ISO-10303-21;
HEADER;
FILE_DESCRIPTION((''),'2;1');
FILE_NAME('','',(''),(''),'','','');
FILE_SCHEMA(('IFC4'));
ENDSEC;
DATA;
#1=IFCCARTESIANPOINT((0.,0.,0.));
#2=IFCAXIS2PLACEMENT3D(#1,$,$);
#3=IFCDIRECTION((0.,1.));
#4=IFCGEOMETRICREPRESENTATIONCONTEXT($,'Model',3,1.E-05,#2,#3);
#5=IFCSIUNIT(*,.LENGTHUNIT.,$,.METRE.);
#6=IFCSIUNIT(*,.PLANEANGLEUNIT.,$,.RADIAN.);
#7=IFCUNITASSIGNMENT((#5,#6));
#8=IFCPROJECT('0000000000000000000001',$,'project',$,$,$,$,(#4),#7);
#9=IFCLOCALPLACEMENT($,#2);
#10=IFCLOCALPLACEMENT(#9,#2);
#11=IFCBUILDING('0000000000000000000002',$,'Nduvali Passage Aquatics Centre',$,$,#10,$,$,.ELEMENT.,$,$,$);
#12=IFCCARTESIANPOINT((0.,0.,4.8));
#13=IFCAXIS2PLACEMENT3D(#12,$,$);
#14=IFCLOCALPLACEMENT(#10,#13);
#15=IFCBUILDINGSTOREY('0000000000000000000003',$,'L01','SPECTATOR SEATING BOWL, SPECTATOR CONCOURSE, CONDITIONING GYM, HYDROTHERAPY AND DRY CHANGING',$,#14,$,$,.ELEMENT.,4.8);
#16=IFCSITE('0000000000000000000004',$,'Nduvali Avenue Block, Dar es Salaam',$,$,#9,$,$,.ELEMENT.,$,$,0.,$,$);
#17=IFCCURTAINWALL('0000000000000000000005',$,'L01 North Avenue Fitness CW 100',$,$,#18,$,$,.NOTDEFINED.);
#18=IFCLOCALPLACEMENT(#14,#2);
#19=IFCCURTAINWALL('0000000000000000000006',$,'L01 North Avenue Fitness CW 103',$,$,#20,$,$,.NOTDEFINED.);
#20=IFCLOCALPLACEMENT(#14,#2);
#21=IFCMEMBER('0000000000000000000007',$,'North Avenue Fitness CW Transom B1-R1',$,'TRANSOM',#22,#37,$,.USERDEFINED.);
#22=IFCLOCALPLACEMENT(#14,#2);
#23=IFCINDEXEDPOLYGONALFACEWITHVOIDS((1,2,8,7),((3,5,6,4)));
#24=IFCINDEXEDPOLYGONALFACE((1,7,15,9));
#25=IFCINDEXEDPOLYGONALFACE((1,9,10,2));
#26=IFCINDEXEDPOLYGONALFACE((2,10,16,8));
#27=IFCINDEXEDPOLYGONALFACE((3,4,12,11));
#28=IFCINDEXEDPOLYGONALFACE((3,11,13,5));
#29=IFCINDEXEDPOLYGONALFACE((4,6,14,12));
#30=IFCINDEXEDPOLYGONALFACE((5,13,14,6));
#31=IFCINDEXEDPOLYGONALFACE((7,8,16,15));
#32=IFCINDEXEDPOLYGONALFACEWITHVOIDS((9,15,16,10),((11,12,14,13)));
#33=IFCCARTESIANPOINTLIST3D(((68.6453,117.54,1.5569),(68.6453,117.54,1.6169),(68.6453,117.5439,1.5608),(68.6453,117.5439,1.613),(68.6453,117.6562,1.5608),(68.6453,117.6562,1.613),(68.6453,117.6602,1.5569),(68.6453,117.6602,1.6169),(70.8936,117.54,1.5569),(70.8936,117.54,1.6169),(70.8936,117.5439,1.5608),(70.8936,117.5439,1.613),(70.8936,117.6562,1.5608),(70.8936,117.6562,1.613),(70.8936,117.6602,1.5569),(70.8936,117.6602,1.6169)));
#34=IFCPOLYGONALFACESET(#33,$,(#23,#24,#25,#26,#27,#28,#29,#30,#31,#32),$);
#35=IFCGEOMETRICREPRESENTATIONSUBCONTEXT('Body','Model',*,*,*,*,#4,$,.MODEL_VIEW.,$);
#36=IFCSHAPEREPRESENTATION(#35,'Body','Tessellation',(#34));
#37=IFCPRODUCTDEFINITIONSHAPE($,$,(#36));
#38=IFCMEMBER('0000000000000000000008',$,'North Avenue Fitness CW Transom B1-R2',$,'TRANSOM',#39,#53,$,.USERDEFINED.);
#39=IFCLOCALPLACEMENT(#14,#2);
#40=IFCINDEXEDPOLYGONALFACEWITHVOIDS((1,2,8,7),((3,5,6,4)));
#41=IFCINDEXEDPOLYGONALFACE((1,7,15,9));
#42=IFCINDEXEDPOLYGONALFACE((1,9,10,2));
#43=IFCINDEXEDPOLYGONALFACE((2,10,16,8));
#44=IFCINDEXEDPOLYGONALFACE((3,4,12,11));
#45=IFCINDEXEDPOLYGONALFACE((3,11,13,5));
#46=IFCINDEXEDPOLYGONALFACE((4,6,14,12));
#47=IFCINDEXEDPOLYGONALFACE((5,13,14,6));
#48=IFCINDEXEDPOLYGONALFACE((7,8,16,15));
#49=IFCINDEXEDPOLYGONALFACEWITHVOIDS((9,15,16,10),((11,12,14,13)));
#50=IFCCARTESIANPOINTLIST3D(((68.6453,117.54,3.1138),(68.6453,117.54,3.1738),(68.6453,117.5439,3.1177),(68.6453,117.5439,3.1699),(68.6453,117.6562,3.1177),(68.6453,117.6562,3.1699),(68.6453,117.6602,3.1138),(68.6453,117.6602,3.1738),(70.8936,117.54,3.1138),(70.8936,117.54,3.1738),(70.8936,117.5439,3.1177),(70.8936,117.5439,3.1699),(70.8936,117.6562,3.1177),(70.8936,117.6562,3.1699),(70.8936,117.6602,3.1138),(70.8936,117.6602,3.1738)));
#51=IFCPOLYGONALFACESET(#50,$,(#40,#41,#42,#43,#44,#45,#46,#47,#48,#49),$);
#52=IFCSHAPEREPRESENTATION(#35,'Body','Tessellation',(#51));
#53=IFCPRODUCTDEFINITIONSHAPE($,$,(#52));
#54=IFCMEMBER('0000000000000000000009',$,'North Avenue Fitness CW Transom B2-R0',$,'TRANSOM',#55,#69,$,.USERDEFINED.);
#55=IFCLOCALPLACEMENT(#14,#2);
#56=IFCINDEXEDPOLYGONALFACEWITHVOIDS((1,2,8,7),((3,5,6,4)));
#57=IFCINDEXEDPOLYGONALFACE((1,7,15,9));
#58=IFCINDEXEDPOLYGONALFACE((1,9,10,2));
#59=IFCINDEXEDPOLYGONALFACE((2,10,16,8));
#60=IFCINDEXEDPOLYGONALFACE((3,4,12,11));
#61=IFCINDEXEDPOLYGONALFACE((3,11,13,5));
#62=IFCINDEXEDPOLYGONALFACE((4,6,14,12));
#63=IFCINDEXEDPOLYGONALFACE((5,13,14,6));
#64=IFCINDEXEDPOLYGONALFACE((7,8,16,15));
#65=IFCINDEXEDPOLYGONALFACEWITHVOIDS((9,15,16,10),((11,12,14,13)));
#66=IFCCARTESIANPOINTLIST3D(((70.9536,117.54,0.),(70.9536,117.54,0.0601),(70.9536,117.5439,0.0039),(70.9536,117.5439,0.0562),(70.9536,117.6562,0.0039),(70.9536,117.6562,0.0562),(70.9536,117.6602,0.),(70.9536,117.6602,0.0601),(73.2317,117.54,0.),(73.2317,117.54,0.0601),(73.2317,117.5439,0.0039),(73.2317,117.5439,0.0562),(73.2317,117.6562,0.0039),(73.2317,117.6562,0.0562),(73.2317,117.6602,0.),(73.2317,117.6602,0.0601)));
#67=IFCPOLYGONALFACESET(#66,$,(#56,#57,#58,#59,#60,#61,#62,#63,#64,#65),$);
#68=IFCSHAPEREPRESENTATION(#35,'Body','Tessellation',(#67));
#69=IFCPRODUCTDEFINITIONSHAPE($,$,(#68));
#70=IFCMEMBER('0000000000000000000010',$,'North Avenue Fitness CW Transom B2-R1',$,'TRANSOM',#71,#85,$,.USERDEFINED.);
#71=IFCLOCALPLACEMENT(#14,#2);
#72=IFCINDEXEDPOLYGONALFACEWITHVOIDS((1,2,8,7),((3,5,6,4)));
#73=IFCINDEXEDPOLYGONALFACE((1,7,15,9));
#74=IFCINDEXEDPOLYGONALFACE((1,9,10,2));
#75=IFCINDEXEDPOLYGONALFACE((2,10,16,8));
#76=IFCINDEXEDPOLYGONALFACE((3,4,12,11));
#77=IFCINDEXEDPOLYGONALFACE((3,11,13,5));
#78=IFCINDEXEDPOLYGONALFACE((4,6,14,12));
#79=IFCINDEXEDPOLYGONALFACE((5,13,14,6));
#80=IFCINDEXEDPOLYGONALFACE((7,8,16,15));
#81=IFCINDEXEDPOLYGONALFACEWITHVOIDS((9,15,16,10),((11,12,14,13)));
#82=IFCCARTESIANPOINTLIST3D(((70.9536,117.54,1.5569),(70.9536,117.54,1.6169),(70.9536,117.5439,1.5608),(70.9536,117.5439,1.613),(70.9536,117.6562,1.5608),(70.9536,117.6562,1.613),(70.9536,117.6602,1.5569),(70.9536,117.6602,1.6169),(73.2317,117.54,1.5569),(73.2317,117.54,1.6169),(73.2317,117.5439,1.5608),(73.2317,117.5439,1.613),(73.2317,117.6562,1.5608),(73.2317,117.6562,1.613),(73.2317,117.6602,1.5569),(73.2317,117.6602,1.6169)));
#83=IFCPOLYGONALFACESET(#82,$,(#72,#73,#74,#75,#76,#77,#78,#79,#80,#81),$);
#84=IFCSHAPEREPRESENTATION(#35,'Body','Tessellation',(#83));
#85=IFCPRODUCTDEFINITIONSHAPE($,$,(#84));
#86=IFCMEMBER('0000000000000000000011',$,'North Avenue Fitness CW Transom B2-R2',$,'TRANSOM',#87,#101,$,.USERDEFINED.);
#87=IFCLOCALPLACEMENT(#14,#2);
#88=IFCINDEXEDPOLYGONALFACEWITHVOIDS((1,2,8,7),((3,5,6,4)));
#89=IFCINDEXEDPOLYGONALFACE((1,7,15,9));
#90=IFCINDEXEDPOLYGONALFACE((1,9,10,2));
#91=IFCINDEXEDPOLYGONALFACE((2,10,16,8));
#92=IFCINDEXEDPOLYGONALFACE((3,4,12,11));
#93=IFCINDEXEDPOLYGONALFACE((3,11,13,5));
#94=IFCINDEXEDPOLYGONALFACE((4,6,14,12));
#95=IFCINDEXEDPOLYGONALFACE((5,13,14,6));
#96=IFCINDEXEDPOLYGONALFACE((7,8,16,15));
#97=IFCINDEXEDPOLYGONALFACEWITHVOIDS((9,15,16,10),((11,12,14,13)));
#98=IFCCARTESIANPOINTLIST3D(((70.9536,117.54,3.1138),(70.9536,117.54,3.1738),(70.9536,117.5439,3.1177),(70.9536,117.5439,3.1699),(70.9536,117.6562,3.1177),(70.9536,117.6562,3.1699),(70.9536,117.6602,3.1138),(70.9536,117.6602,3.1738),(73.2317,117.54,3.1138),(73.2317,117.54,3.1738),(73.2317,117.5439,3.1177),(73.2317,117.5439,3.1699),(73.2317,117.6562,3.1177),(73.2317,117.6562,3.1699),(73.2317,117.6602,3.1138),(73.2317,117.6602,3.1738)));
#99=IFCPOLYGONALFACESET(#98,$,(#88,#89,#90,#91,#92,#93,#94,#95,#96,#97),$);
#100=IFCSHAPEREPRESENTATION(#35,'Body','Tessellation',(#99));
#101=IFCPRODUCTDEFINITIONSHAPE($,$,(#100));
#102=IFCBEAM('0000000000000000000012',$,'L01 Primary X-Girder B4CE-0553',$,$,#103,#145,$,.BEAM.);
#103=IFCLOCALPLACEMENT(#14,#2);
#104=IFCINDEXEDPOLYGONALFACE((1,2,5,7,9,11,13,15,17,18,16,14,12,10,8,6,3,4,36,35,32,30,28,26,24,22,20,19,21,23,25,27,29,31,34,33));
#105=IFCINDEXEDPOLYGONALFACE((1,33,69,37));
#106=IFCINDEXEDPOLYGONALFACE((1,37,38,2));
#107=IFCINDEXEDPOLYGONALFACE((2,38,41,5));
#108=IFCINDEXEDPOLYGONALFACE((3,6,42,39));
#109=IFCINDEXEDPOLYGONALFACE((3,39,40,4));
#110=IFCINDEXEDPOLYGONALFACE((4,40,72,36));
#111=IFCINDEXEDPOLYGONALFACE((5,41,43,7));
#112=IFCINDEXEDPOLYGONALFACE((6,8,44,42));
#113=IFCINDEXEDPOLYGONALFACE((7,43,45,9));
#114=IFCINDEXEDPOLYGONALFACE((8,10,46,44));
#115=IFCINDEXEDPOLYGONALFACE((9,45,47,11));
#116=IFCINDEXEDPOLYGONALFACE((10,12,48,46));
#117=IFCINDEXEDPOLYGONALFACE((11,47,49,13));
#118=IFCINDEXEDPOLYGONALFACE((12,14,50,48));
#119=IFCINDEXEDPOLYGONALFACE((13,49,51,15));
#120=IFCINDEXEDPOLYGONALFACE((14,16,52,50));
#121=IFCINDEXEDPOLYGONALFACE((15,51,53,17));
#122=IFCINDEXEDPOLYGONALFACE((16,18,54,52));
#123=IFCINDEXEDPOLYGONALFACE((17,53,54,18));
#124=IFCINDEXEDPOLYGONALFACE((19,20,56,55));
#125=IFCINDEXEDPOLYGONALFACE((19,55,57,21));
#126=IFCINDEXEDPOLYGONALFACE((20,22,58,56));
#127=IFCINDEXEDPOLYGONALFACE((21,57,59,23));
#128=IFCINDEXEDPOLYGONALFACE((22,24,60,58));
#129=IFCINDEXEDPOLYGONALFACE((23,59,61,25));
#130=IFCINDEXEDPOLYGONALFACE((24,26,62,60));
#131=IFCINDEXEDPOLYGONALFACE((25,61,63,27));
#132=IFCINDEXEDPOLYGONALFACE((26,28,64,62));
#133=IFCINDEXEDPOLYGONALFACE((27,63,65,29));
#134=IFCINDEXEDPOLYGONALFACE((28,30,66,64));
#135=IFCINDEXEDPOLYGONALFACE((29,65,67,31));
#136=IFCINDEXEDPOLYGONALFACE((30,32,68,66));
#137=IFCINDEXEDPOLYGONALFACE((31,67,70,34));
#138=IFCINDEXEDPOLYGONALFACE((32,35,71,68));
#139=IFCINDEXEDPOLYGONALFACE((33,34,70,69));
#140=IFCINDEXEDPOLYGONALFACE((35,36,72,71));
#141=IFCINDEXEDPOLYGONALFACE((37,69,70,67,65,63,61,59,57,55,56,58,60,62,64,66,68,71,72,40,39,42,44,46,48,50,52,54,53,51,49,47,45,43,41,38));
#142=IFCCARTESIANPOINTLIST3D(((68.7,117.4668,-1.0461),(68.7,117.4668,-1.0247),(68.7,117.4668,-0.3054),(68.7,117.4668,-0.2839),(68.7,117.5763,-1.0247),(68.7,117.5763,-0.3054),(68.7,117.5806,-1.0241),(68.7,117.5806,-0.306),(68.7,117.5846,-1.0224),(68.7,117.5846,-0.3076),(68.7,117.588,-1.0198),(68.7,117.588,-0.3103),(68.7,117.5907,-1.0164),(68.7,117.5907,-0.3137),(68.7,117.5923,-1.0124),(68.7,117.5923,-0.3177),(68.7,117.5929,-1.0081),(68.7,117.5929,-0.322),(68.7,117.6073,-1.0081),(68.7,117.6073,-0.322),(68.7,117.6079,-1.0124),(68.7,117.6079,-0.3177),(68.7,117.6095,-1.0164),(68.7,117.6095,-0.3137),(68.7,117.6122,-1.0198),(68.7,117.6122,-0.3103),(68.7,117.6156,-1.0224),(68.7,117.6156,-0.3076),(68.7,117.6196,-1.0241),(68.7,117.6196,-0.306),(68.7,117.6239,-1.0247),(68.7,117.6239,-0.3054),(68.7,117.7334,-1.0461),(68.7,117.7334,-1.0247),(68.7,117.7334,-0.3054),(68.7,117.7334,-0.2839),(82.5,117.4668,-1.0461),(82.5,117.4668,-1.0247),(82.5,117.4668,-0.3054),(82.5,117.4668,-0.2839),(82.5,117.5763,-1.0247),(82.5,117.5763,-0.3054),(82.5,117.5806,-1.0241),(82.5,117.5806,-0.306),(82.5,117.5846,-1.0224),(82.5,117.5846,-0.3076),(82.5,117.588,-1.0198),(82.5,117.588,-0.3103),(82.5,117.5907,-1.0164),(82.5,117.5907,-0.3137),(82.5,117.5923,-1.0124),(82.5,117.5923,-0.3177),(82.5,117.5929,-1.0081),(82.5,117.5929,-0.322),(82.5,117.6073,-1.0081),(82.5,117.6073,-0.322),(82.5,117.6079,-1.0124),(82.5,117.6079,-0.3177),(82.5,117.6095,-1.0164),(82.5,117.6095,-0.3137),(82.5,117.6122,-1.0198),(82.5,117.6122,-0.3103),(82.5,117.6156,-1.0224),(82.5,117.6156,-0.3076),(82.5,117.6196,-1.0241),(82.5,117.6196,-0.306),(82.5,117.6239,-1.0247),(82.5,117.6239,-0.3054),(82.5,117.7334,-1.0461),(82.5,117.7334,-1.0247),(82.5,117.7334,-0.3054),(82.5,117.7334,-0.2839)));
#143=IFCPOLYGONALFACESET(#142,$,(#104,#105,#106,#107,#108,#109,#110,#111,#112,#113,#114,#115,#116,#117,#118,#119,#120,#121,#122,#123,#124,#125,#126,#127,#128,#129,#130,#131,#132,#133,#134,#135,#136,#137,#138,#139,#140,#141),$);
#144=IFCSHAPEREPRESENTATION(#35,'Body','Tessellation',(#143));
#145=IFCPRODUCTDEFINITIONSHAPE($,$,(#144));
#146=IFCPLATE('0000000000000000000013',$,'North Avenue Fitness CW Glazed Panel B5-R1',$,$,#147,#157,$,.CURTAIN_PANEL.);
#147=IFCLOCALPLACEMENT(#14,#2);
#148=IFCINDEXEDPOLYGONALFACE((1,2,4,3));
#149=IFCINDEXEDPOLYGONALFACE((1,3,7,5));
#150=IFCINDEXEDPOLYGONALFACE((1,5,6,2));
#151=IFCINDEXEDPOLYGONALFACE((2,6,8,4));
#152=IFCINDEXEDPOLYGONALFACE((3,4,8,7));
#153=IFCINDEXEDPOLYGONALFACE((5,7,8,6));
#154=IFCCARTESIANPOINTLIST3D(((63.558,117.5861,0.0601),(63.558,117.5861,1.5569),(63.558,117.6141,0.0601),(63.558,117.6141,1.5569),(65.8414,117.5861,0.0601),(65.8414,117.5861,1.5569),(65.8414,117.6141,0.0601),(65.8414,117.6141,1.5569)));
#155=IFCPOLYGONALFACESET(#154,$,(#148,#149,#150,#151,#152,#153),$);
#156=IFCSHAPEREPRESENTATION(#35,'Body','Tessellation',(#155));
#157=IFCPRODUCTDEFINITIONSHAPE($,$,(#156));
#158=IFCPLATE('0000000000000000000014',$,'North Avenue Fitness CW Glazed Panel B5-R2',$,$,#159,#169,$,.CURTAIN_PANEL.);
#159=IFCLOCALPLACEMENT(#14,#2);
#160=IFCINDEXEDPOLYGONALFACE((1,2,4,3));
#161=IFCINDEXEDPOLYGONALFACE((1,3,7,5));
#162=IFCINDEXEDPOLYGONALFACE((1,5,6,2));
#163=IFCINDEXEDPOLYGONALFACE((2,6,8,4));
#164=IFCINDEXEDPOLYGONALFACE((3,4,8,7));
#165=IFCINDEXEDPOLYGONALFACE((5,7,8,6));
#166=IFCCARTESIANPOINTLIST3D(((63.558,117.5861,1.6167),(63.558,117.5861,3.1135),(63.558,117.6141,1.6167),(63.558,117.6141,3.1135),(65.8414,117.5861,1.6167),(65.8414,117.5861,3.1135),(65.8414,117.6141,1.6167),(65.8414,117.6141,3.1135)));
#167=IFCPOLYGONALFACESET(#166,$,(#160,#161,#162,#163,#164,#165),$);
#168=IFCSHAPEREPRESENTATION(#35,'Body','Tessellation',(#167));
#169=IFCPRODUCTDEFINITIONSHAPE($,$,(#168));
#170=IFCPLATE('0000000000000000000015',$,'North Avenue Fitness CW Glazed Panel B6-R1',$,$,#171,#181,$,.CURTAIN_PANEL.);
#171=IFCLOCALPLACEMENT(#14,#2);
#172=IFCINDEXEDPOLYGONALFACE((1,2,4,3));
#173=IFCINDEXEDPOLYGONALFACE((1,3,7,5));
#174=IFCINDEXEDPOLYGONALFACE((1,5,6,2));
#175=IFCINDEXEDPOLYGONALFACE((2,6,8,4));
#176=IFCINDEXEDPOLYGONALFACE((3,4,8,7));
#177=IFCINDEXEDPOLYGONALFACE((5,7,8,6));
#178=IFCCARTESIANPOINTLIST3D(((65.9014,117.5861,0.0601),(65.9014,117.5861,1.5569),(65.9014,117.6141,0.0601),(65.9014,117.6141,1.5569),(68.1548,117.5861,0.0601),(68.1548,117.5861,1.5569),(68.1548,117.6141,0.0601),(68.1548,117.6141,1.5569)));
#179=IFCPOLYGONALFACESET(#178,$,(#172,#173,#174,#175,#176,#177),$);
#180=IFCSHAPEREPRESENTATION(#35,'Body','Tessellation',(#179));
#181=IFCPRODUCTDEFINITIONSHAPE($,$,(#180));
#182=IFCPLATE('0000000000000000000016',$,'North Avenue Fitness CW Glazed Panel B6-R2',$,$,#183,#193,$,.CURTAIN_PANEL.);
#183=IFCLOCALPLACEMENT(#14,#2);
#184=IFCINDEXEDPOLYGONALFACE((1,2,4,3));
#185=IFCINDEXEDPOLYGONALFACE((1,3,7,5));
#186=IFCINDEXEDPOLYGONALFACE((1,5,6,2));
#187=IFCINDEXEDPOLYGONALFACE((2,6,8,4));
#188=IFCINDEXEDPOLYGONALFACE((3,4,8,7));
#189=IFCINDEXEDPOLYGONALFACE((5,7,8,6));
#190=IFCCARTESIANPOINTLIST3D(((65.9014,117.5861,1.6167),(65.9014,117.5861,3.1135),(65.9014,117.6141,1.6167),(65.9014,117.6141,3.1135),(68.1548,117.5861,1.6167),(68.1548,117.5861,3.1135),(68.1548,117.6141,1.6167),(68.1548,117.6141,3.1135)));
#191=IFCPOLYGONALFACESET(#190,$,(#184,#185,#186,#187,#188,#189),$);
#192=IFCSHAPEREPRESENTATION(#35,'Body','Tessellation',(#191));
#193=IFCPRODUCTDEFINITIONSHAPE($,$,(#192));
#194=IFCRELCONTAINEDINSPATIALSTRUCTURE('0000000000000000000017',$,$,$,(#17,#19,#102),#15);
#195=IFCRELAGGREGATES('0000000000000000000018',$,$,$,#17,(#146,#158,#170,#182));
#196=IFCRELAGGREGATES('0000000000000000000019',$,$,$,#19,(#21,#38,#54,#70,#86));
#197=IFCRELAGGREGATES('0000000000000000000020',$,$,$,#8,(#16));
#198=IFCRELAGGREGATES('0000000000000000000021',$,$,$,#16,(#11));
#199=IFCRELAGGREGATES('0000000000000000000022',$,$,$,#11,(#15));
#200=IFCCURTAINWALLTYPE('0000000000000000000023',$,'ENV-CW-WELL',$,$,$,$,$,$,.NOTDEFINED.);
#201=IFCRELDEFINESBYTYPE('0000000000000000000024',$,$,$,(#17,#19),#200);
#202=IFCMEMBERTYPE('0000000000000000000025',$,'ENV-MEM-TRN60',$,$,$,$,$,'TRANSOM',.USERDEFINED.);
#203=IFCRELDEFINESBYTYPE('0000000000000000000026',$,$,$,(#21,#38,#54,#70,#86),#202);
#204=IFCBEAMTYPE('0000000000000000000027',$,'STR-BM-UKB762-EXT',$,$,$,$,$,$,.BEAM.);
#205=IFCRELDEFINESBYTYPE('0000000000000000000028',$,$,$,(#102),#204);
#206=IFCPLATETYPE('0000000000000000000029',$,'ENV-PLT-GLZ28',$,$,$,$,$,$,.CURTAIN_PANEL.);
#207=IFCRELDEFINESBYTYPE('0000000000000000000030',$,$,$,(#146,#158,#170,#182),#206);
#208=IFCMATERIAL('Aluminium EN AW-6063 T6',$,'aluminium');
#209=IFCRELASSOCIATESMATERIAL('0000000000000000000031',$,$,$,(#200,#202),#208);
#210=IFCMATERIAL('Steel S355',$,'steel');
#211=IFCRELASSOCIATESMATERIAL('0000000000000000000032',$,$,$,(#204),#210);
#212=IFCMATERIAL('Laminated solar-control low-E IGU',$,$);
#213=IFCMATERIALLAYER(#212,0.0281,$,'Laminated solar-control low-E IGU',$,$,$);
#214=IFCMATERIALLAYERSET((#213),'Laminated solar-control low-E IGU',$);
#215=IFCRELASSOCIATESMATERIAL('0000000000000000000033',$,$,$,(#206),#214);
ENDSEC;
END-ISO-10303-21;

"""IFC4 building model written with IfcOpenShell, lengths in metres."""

from ifc_helpers import new_model, si_unit, direction, frame, origin, origin_2d, place, context, subcontext, project, spatial, rectangle, hollow_rectangle, i_section, extrude, material, layer, layer_set, material_profile, profile_set, type_object, element, aggregate, save


model = new_model("IFC4")

# Units and contexts
model_context = context("Model", 3, precision=1e-05, world=origin(), true_north=direction((0.0, 1.0)))
body_context = subcontext(model_context, "Body", "Model", "MODEL_VIEW")
ifc_project = project(units=[si_unit("LENGTHUNIT", "METRE"), si_unit("PLANEANGLEUNIT", "RADIAN")], contexts=[model_context])

# Site, building, storey
site_placement = place(None, origin())
site = spatial("IfcSite", under=ifc_project, at=site_placement, Name="Nduvali Avenue Block, Dar es Salaam", CompositionType="ELEMENT", RefElevation=0.0)
building_placement = place(site_placement, origin())
building = spatial("IfcBuilding", under=site, at=building_placement, Name="Nduvali Passage Aquatics Centre", CompositionType="ELEMENT")
storey_placement = place(building_placement, frame((0.0, 0.0, 4.8)))
storey = spatial("IfcBuildingStorey", under=building, at=storey_placement, Name="L01", Description="SPECTATOR SEATING BOWL, SPECTATOR CONCOURSE, CONDITIONING GYM, HYDROTHERAPY AND DRY CHANGING", CompositionType="ELEMENT", Elevation=4.8)

# Shared definitions
ifc_material_1 = material(Name="Steel S355", Category="steel")

# Curtain walls
ifc_material_2 = material(Name="Aluminium EN AW-6063 T6", Category="aluminium")
curtain_wall_type = type_object("IfcCurtainWallType", Name="ENV-CW-WELL", PredefinedType="NOTDEFINED", material=ifc_material_2)
curtain_wall_1_placement = place(storey_placement, origin())
curtain_wall_1 = element("IfcCurtainWall", 1, at=curtain_wall_1_placement, inside=storey, type_object=curtain_wall_type, Name="L01 North Avenue Fitness CW 100", PredefinedType="NOTDEFINED")
curtain_wall_2_placement = place(storey_placement, origin())
curtain_wall_2 = element("IfcCurtainWall", 2, at=curtain_wall_2_placement, inside=storey, type_object=curtain_wall_type, Name="L01 North Avenue Fitness CW 103", PredefinedType="NOTDEFINED")

# Members
ifc_material_profile_1 = material_profile(ifc_material_2, hollow_rectangle(XDim=0.1201, YDim=0.0601, WallThickness=0.0039, at=origin_2d()), Name="ALU TRANSOM 120x60x4")
ifc_profile_set_1 = profile_set([ifc_material_profile_1], Name="Aluminium EN AW-6063 T6")
member_type_1 = type_object("IfcMemberType", Name="ENV-MEM-TRN60", ElementType="TRANSOM", PredefinedType="USERDEFINED", material=ifc_profile_set_1)
member_1_placement = place(storey_placement, frame((68.6453, 117.6001, 1.5869), z_axis=(1.0, 0.0, 0.0), x_axis=(0.0, 1.0, 0.0)))
member_1 = element("IfcMember", 3, at=member_1_placement, type_object=member_type_1, Name="North Avenue Fitness CW Transom B1-R1", ObjectType="TRANSOM", PredefinedType="USERDEFINED", context=body_context, shape_type="SweptSolid", body=[
    extrude(hollow_rectangle(XDim=0.1201, YDim=0.0601, WallThickness=0.0039, at=origin_2d()), origin(), (0.0, 0.0, 1.0), 2.2483),
])
member_2_placement = place(storey_placement, frame((68.6453, 117.6001, 3.1438), z_axis=(1.0, 0.0, 0.0), x_axis=(0.0, 1.0, 0.0)))
member_2 = element("IfcMember", 4, at=member_2_placement, type_object=member_type_1, Name="North Avenue Fitness CW Transom B1-R2", ObjectType="TRANSOM", PredefinedType="USERDEFINED", context=body_context, shape_type="SweptSolid", body=[
    extrude(hollow_rectangle(XDim=0.1201, YDim=0.0601, WallThickness=0.0039, at=origin_2d()), origin(), (0.0, 0.0, 1.0), 2.2483),
])
member_3_placement = place(storey_placement, frame((70.9536, 117.6001, 0.03), z_axis=(1.0, 0.0, 0.0), x_axis=(0.0, 1.0, 0.0)))
member_3 = element("IfcMember", 5, at=member_3_placement, type_object=member_type_1, Name="North Avenue Fitness CW Transom B2-R0", ObjectType="TRANSOM", PredefinedType="USERDEFINED", context=body_context, shape_type="SweptSolid", body=[
    extrude(hollow_rectangle(XDim=0.1201, YDim=0.0601, WallThickness=0.0039, at=origin_2d()), origin(), (0.0, 0.0, 1.0), 2.2781),
])
member_4_placement = place(storey_placement, frame((70.9536, 117.6001, 1.5869), z_axis=(1.0, 0.0, 0.0), x_axis=(0.0, 1.0, 0.0)))
member_4 = element("IfcMember", 6, at=member_4_placement, type_object=member_type_1, Name="North Avenue Fitness CW Transom B2-R1", ObjectType="TRANSOM", PredefinedType="USERDEFINED", context=body_context, shape_type="SweptSolid", body=[
    extrude(hollow_rectangle(XDim=0.1201, YDim=0.0601, WallThickness=0.0039, at=origin_2d()), origin(), (0.0, 0.0, 1.0), 2.2781),
])
member_5_placement = place(storey_placement, frame((70.9536, 117.6001, 3.1438), z_axis=(1.0, 0.0, 0.0), x_axis=(0.0, 1.0, 0.0)))
member_5 = element("IfcMember", 7, at=member_5_placement, type_object=member_type_1, Name="North Avenue Fitness CW Transom B2-R2", ObjectType="TRANSOM", PredefinedType="USERDEFINED", context=body_context, shape_type="SweptSolid", body=[
    extrude(hollow_rectangle(XDim=0.1201, YDim=0.0601, WallThickness=0.0039, at=origin_2d()), origin(), (0.0, 0.0, 1.0), 2.2781),
])

# Beam
ifc_material_profile_2 = material_profile(ifc_material_1, i_section(OverallWidth=0.2666, OverallDepth=0.7622, WebThickness=0.0144, FlangeThickness=0.0215, FilletRadius=0.0166, at=origin_2d()), Name="UKB 762x267x173")
ifc_profile_set_2 = profile_set([ifc_material_profile_2], Name="Steel S355")
beam_type = type_object("IfcBeamType", Name="STR-BM-UKB762-EXT", PredefinedType="BEAM", material=ifc_profile_set_2)
beam_placement = place(storey_placement, frame((68.7, 117.6001, -0.665), z_axis=(1.0, 0.0, 0.0), x_axis=(0.0, 1.0, 0.0)))
element("IfcBeam", 8, at=beam_placement, inside=storey, type_object=beam_type, Name="L01 Primary X-Girder B4CE-0553", PredefinedType="BEAM", context=body_context, shape_type="SweptSolid", body=[
    extrude(i_section(OverallWidth=0.2666, OverallDepth=0.7622, WebThickness=0.0144, FlangeThickness=0.0215, FilletRadius=0.0166, at=origin_2d()), origin(), (0.0, 0.0, 1.0), 13.8),
])

# Plates
ifc_material_3 = material(Name="Laminated solar-control low-E IGU")
ifc_layer = layer(ifc_material_3, 0.0281, Name="Laminated solar-control low-E IGU")
ifc_layer_set = layer_set([ifc_layer], Name="Laminated solar-control low-E IGU")
plate_type = type_object("IfcPlateType", Name="ENV-PLT-GLZ28", PredefinedType="CURTAIN_PANEL", material=ifc_layer_set)
plate_1_placement = place(storey_placement, frame((64.6997, 117.6001, 0.0601), z_axis=(0.0, 0.0, 1.0), x_axis=(1.0, 0.0, 0.0)))
plate_1 = element("IfcPlate", 9, at=plate_1_placement, type_object=plate_type, Name="North Avenue Fitness CW Glazed Panel B5-R1", PredefinedType="CURTAIN_PANEL", context=body_context, shape_type="SweptSolid", body=[
    extrude(rectangle(XDim=2.2834, YDim=0.0281, at=origin_2d()), origin(), (0.0, 0.0, 1.0), 1.4968),
])
plate_2_placement = place(storey_placement, frame((64.6997, 117.6001, 1.6167), z_axis=(0.0, 0.0, 1.0), x_axis=(1.0, 0.0, 0.0)))
plate_2 = element("IfcPlate", 10, at=plate_2_placement, type_object=plate_type, Name="North Avenue Fitness CW Glazed Panel B5-R2", PredefinedType="CURTAIN_PANEL", context=body_context, shape_type="SweptSolid", body=[
    extrude(rectangle(XDim=2.2834, YDim=0.0281, at=origin_2d()), origin(), (0.0, 0.0, 1.0), 1.4968),
])
plate_3_placement = place(storey_placement, frame((67.0281, 117.6001, 0.0601), z_axis=(0.0, 0.0, 1.0), x_axis=(1.0, 0.0, 0.0)))
plate_3 = element("IfcPlate", 11, at=plate_3_placement, type_object=plate_type, Name="North Avenue Fitness CW Glazed Panel B6-R1", PredefinedType="CURTAIN_PANEL", context=body_context, shape_type="SweptSolid", body=[
    extrude(rectangle(XDim=2.2534, YDim=0.0281, at=origin_2d()), origin(), (0.0, 0.0, 1.0), 1.4968),
])
plate_4_placement = place(storey_placement, frame((67.0281, 117.6001, 1.6167), z_axis=(0.0, 0.0, 1.0), x_axis=(1.0, 0.0, 0.0)))
plate_4 = element("IfcPlate", 12, at=plate_4_placement, type_object=plate_type, Name="North Avenue Fitness CW Glazed Panel B6-R2", PredefinedType="CURTAIN_PANEL", context=body_context, shape_type="SweptSolid", body=[
    extrude(rectangle(XDim=2.2534, YDim=0.0281, at=origin_2d()), origin(), (0.0, 0.0, 1.0), 1.4968),
])
aggregate(curtain_wall_1, [plate_1, plate_2, plate_3, plate_4])
aggregate(curtain_wall_2, [member_1, member_2, member_3, member_4, member_5])

save(model, "model.ifc")
